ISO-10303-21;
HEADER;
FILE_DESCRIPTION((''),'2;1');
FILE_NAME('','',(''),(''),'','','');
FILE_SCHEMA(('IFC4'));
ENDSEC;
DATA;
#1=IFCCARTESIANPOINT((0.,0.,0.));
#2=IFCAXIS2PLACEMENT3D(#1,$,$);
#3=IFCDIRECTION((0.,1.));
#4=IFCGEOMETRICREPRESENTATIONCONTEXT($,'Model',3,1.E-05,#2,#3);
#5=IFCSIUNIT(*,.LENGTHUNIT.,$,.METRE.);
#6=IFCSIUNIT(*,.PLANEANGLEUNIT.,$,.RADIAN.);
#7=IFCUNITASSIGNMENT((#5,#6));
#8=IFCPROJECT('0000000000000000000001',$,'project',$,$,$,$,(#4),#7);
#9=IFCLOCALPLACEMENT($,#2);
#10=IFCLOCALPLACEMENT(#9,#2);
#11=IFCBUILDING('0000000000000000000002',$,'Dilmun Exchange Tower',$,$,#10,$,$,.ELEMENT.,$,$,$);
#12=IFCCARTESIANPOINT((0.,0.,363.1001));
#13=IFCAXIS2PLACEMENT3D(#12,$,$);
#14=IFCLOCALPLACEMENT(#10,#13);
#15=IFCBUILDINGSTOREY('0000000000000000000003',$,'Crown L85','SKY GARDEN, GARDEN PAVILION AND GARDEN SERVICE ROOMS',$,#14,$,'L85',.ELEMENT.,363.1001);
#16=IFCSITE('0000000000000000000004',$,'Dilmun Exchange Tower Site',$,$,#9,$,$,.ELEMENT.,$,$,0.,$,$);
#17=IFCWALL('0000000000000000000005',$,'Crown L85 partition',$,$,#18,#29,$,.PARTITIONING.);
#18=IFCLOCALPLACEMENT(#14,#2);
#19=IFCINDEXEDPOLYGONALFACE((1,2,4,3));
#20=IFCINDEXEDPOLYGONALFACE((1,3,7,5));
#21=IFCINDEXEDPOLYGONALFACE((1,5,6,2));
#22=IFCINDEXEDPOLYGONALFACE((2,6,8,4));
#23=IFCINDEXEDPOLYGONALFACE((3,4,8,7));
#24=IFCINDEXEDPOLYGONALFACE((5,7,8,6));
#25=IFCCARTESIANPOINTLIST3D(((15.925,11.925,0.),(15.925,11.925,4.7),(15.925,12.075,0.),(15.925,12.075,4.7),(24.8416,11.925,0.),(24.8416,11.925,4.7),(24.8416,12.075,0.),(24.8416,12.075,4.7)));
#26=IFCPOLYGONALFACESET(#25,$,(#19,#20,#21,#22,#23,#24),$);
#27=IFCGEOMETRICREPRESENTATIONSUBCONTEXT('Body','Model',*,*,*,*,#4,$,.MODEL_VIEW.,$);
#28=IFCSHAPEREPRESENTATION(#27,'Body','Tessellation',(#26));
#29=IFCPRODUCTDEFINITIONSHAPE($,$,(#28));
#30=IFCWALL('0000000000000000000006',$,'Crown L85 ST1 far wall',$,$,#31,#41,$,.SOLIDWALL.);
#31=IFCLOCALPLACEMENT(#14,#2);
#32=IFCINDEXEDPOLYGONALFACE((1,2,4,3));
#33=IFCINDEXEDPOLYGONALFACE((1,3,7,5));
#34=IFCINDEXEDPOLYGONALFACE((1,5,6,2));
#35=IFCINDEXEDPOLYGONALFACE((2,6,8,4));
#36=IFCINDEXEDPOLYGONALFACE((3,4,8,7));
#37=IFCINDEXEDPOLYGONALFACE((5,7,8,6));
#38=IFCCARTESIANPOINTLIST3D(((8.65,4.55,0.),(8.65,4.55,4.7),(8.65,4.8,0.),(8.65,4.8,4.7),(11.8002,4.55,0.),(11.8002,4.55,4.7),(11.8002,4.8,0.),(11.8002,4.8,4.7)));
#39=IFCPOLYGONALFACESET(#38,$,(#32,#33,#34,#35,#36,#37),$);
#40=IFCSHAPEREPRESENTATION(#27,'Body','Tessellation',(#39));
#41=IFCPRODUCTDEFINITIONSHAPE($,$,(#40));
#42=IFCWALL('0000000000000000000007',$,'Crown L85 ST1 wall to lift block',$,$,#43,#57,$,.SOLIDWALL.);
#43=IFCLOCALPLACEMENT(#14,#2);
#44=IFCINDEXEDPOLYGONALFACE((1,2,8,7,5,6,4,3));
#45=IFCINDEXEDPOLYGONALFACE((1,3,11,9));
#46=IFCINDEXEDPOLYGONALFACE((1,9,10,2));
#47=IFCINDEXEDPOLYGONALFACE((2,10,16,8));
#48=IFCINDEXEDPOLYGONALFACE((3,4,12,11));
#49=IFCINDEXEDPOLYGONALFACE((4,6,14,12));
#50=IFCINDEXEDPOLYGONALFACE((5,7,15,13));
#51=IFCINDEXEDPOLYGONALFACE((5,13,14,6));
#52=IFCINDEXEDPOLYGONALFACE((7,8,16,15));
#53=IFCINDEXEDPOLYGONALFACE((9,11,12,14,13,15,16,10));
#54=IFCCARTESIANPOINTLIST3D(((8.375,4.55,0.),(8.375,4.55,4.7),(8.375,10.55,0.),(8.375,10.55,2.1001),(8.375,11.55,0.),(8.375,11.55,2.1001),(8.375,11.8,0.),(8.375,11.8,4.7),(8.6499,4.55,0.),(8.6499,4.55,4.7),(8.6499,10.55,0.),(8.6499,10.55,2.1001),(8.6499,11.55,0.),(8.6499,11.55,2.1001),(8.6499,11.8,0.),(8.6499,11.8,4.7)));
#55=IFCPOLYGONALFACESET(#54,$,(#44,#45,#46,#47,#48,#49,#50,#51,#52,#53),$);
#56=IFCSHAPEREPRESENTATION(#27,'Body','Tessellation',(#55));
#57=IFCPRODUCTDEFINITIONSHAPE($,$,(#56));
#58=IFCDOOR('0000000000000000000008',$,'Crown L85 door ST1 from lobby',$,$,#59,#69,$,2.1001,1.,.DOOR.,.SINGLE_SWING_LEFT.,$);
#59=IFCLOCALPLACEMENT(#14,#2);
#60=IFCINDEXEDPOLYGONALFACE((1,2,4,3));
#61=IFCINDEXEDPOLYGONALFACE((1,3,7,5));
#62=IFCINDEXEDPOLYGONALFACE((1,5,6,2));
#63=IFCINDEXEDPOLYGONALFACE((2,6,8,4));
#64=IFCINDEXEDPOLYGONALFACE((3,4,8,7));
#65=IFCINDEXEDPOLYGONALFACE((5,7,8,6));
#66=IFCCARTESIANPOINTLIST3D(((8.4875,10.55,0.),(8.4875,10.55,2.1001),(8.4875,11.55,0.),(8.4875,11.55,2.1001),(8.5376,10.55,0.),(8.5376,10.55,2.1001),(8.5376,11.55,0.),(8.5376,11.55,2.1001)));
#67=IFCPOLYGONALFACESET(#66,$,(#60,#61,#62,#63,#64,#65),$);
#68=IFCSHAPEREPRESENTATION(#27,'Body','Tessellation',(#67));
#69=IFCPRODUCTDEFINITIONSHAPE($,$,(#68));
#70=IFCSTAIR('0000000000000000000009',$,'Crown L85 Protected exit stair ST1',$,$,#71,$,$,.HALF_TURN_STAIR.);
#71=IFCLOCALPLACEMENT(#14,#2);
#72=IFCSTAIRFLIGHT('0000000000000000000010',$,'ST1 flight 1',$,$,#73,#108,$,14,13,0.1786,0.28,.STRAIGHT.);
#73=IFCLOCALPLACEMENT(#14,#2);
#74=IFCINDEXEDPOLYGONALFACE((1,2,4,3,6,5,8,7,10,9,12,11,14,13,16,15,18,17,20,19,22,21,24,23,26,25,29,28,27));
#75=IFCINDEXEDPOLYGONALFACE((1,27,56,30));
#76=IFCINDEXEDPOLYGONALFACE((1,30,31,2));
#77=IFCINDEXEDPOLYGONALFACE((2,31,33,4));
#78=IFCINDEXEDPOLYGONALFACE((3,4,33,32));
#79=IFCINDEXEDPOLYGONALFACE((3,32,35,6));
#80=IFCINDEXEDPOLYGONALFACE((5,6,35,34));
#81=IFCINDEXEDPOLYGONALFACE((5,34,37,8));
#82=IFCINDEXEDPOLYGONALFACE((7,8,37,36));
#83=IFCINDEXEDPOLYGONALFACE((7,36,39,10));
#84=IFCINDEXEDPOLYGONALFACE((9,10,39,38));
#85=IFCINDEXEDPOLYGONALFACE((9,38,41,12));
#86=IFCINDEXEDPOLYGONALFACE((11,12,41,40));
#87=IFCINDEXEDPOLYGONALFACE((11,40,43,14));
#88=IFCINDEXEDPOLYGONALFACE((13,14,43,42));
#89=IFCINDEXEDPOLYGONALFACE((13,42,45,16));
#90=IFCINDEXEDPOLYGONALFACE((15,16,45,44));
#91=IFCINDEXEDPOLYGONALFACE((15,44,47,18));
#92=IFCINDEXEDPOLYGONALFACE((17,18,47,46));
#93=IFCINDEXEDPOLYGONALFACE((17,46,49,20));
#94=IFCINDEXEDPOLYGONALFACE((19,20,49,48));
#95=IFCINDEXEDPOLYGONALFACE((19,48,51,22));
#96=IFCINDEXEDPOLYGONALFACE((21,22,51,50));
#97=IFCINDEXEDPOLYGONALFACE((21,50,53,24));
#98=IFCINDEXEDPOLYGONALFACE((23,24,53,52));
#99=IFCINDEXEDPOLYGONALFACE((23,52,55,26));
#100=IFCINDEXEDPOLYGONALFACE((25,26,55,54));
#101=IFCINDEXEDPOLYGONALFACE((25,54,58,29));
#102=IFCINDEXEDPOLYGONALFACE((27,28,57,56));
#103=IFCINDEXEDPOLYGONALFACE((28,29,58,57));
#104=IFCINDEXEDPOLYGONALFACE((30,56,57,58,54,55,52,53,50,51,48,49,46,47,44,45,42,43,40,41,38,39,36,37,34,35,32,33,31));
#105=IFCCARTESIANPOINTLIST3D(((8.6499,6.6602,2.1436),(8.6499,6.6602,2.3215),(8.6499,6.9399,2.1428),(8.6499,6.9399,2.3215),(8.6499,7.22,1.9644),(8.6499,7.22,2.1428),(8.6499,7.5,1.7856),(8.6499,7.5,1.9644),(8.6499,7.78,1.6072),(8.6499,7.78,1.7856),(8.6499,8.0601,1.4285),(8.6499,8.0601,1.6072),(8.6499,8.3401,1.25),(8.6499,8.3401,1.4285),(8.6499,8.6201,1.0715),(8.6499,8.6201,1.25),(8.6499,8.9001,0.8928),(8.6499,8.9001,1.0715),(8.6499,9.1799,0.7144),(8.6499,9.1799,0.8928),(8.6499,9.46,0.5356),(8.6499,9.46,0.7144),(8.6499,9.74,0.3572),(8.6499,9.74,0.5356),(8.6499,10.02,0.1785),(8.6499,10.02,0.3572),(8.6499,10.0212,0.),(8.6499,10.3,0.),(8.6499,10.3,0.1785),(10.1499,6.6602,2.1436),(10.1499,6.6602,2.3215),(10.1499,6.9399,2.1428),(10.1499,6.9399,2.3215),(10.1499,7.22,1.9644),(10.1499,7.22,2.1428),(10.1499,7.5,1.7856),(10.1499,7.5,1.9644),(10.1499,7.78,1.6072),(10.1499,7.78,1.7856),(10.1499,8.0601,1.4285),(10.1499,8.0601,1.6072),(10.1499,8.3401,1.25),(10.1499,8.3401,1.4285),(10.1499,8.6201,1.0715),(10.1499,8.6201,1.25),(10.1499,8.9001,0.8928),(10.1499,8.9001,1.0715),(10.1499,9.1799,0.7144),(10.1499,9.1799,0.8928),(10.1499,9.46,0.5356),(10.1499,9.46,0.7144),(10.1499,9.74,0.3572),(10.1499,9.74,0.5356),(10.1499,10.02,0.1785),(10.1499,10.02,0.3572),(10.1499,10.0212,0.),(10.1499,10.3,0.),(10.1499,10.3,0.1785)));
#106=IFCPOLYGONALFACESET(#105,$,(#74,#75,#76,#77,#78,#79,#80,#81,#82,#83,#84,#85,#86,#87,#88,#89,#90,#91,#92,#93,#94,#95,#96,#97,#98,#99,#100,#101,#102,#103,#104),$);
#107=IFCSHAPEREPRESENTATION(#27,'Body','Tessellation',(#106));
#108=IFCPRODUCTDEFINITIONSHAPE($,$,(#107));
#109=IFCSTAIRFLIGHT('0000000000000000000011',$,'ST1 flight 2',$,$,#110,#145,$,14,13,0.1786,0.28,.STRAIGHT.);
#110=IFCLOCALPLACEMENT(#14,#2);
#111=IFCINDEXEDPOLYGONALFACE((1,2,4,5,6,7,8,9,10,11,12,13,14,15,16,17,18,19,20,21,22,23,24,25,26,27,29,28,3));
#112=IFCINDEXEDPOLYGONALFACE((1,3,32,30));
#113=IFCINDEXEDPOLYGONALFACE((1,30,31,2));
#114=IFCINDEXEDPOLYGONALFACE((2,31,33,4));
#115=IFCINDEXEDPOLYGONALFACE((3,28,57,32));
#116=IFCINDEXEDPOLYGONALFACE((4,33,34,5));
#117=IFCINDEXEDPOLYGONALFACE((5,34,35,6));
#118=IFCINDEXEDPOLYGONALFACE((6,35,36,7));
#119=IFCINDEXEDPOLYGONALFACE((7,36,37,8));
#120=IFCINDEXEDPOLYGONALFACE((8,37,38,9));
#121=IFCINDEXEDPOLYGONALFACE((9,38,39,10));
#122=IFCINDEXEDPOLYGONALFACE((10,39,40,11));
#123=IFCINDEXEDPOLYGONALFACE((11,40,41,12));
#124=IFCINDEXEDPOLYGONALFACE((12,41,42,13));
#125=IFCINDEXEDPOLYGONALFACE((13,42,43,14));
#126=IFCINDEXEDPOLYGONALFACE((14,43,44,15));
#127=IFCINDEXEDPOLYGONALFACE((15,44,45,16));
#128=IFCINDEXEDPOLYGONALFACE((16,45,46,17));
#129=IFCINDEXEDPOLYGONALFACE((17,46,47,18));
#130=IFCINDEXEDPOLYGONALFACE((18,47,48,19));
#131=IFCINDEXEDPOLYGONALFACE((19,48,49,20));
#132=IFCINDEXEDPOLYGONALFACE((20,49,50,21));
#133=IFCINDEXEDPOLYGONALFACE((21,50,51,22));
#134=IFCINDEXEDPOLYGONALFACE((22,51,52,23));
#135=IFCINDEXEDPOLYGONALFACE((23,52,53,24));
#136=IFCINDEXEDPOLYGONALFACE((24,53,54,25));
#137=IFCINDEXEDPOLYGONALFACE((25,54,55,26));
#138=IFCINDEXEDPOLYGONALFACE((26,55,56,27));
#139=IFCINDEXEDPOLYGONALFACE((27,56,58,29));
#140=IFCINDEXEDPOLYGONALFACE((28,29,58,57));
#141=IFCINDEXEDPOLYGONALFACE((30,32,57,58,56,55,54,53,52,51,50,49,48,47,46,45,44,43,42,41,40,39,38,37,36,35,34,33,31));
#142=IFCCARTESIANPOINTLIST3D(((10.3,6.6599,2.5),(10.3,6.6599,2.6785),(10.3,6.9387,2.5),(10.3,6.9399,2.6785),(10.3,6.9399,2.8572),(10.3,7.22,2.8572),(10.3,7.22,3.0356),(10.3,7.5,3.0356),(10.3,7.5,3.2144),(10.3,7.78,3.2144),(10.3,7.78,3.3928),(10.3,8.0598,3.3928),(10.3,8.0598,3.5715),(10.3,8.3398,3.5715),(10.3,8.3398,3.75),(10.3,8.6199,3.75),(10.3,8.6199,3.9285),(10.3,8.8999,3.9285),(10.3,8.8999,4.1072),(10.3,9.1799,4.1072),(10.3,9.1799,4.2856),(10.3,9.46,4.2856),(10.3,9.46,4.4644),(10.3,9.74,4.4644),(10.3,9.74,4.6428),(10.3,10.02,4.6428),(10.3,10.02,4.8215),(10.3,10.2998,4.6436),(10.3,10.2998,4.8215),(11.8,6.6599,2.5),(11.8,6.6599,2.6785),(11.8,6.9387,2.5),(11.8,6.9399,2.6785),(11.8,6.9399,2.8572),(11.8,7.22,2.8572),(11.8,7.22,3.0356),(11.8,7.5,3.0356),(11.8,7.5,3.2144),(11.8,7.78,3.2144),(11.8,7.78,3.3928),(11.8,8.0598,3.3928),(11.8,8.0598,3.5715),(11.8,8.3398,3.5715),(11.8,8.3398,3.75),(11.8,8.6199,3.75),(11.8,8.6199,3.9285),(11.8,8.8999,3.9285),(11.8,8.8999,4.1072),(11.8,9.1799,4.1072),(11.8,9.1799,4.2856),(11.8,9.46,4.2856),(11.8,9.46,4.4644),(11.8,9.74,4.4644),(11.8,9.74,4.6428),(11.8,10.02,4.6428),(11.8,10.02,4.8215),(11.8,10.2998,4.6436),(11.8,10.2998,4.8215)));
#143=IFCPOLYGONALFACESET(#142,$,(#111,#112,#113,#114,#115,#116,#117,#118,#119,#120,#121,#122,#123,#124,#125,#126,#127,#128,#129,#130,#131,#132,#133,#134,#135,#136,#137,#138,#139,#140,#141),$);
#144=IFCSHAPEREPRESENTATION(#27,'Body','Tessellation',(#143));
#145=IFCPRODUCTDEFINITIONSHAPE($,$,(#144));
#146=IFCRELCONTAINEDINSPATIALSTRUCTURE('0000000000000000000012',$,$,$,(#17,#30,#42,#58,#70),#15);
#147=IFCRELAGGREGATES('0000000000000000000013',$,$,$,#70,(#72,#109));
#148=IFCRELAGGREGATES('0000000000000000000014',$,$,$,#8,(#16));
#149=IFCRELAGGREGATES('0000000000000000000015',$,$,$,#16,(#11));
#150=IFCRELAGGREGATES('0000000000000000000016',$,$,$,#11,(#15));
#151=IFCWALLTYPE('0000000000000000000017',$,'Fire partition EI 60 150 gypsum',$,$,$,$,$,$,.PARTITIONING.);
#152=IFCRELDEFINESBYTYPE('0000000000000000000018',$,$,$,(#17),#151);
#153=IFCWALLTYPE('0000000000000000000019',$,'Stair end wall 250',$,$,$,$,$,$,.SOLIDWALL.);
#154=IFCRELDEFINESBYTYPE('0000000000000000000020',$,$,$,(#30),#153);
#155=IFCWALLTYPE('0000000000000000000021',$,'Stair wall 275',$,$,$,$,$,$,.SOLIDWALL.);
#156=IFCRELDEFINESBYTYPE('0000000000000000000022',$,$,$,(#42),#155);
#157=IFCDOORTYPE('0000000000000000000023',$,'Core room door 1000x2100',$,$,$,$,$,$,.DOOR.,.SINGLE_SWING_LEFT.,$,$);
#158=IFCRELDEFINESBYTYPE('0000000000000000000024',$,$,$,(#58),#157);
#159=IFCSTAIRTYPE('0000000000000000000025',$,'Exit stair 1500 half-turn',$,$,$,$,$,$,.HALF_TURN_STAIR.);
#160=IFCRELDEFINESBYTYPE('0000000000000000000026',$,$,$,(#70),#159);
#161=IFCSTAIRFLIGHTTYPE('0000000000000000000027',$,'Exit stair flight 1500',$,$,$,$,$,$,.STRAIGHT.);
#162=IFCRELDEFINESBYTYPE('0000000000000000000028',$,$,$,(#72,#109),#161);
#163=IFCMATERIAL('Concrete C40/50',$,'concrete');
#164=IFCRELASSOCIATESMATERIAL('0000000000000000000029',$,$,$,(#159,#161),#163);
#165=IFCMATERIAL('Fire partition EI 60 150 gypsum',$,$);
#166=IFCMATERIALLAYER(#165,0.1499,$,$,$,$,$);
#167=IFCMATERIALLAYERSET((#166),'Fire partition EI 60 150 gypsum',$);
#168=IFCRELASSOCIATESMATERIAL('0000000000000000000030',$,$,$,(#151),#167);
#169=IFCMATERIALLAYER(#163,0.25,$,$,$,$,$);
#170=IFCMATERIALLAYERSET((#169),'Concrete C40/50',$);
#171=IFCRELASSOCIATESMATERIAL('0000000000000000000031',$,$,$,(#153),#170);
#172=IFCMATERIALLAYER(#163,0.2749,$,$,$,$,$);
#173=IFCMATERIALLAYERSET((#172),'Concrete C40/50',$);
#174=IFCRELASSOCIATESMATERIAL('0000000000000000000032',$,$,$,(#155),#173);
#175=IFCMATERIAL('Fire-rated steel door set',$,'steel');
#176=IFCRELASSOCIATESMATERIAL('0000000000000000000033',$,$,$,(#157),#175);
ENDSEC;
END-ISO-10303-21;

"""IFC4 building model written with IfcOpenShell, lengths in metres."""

from ifc_helpers import new_model, si_unit, direction, frame, frame_2d, origin, place, context, subcontext, project, spatial, polyline, rectangle, outline, extrude, material, layer, layer_set, type_object, element, fill, aggregate, save


model = new_model("IFC4")

# Units and contexts
model_context = context("Model", 3, precision=1e-05, world=origin(), true_north=direction((0.0, 1.0)))
body_context = subcontext(model_context, "Body", "Model", "MODEL_VIEW")
ifc_project = project(units=[si_unit("LENGTHUNIT", "METRE"), si_unit("PLANEANGLEUNIT", "RADIAN")], contexts=[model_context])

# Site, building, storey
site_placement = place(None, origin())
site = spatial("IfcSite", under=ifc_project, at=site_placement, Name="Dilmun Exchange Tower Site", CompositionType="ELEMENT", RefElevation=0.0)
building_placement = place(site_placement, origin())
building = spatial("IfcBuilding", under=site, at=building_placement, Name="Dilmun Exchange Tower", CompositionType="ELEMENT")
storey_placement = place(building_placement, frame((0.0, 0.0, 363.1001)))
storey = spatial("IfcBuildingStorey", under=building, at=storey_placement, Name="Crown L85", Description="SKY GARDEN, GARDEN PAVILION AND GARDEN SERVICE ROOMS", LongName="L85", CompositionType="ELEMENT", Elevation=363.1001)

# Shared definitions
ifc_material_1 = material(Name="Concrete C40/50", Category="concrete")
stair_type = type_object("IfcStairType", Name="Exit stair 1500 half-turn", PredefinedType="HALF_TURN_STAIR", material=ifc_material_1)

# Shared definitions
ifc_material_2 = material(Name="Fire-rated steel door set", Category="steel")

# Walls
ifc_material_3 = material(Name="Fire partition EI 60 150 gypsum")
ifc_layer_1 = layer(ifc_material_3, 0.1499)
ifc_layer_set_1 = layer_set([ifc_layer_1], Name="Fire partition EI 60 150 gypsum")
wall_type_1 = type_object("IfcWallType", Name="Fire partition EI 60 150 gypsum", PredefinedType="PARTITIONING", material=ifc_layer_set_1)
wall_1_placement = place(storey_placement, frame((15.925, 12.0, 0.0), z_axis=(0.0, 0.0, 1.0), x_axis=(1.0, 0.0, 0.0)))
element("IfcWall", 1, at=wall_1_placement, inside=storey, type_object=wall_type_1, Name="Crown L85 partition", PredefinedType="PARTITIONING", context=body_context, shape_type="SweptSolid", body=[
    extrude(rectangle(XDim=8.9165, YDim=0.1499, at=frame_2d((4.4583, 0.0))), origin(), (0.0, 0.0, 1.0), 4.7),
])
ifc_layer_2 = layer(ifc_material_1, 0.25)
ifc_layer_set_2 = layer_set([ifc_layer_2], Name="Concrete C40/50")
wall_type_2 = type_object("IfcWallType", Name="Stair end wall 250", PredefinedType="SOLIDWALL", material=ifc_layer_set_2)
wall_2_placement = place(storey_placement, frame((8.6499, 4.675, 0.0), z_axis=(0.0, 0.0, 1.0), x_axis=(1.0, 0.0, 0.0)))
element("IfcWall", 2, at=wall_2_placement, inside=storey, type_object=wall_type_2, Name="Crown L85 ST1 far wall", PredefinedType="SOLIDWALL", context=body_context, shape_type="SweptSolid", body=[
    extrude(rectangle(XDim=3.1501, YDim=0.25, at=frame_2d((1.5752, 0.0))), origin(), (0.0, 0.0, 1.0), 4.7),
])

# Wall, opening, door
ifc_layer_3 = layer(ifc_material_1, 0.2749)
ifc_layer_set_3 = layer_set([ifc_layer_3], Name="Concrete C40/50")
wall_type_3 = type_object("IfcWallType", Name="Stair wall 275", PredefinedType="SOLIDWALL", material=ifc_layer_set_3)
wall_3_placement = place(storey_placement, frame((8.5125, 4.55, 0.0), z_axis=(0.0, 0.0, 1.0), x_axis=(0.0, 1.0, 0.0)))
wall_3 = element("IfcWall", 3, at=wall_3_placement, inside=storey, type_object=wall_type_3, Name="Crown L85 ST1 wall to lift block", PredefinedType="SOLIDWALL", context=body_context, shape_type="SweptSolid", body=[
    extrude(rectangle(XDim=7.25, YDim=0.2749, at=frame_2d((3.625, 0.0))), origin(), (0.0, 0.0, 1.0), 4.7),
])
opening_1_placement = place(wall_3_placement, frame((6.0, 0.0, 0.0)))
opening_1 = element("IfcOpeningElement", 4, at=opening_1_placement, cuts=wall_3, PredefinedType="OPENING", context=body_context, shape_type="SweptSolid", body=[
    extrude(rectangle(XDim=1.0, YDim=2.1001, at=frame_2d((0.5, 1.05))), frame((0.0, 0.1475, 0.0), z_axis=(0.0, -1.0, 0.0), x_axis=(1.0, 0.0, 0.0)), (0.0, 0.0, 1.0), 0.2949),
])
door_type_1 = type_object("IfcDoorType", Name="Core room door 1000x2100", OperationType="SINGLE_SWING_LEFT", PredefinedType="DOOR", material=ifc_material_2)
door_1_placement = place(opening_1_placement, origin())
door_1 = element("IfcDoor", 5, at=door_1_placement, inside=storey, type_object=door_type_1, Name="Crown L85 door ST1 from lobby", OperationType="SINGLE_SWING_LEFT", OverallHeight=2.1001, OverallWidth=1.0, PredefinedType="DOOR", context=body_context, shape_type="SweptSolid", body=[
    extrude(rectangle(XDim=1.0, YDim=2.1001, at=frame_2d((0.5, 1.05))), frame((0.0, 0.0249, 0.0), z_axis=(0.0, -1.0, 0.0), x_axis=(1.0, 0.0, 0.0)), (0.0, 0.0, 1.0), 0.05),
])
fill(opening_1, door_1)

# Stair, stair flights
stair_1_placement = place(storey_placement, origin())
stair_1 = element("IfcStair", 6, at=stair_1_placement, inside=storey, type_object=stair_type, Name="Crown L85 Protected exit stair ST1", PredefinedType="HALF_TURN_STAIR")
stair_flight_type = type_object("IfcStairFlightType", Name="Exit stair flight 1500", PredefinedType="STRAIGHT", material=ifc_material_1)
stair_flight_1_placement = place(storey_placement, frame((9.3999, 10.3, 0.0), z_axis=(0.0, 0.0, 1.0), x_axis=(0.0, -1.0, 0.0)))
stair_flight_1 = element("IfcStairFlight", 7, at=stair_flight_1_placement, type_object=stair_flight_type, Name="ST1 flight 1", NumberOfRisers=14, NumberOfTreads=13, PredefinedType="STRAIGHT", RiserHeight=0.1786, TreadLength=0.28, context=body_context, shape_type="SweptSolid", body=[
    extrude(outline(polyline([(0.0, 0.0), (0.0, 0.1785), (0.28, 0.1785), (0.28, 0.3572), (0.5601, 0.3572), (0.5601, 0.5356), (0.8401, 0.5356), (0.8401, 0.7144), (1.1201, 0.7144), (1.1201, 0.8928), (1.3999, 0.8928), (1.3999, 1.0715), (1.6799, 1.0715), (1.6799, 1.25), (1.96, 1.25), (1.96, 1.4285), (2.24, 1.4285), (2.24, 1.6072), (2.52, 1.6072), (2.52, 1.7856), (2.8, 1.7856), (2.8, 1.9644), (3.0801, 1.9644), (3.0801, 2.1428), (3.3601, 2.1428), (3.3601, 2.3215), (3.6399, 2.3215), (3.6399, 2.5), (3.6399, 2.1436), (0.2788, 0.0), (0.0, 0.0)])), frame((0.0, 0.75, 0.0), z_axis=(0.0, -1.0, 0.0), x_axis=(1.0, 0.0, 0.0)), (0.0, 0.0, 1.0), 1.5),
])
stair_flight_2_placement = place(storey_placement, frame((11.05, 6.6599, 2.5), z_axis=(0.0, 0.0, 1.0), x_axis=(0.0, 1.0, 0.0)))
stair_flight_2 = element("IfcStairFlight", 8, at=stair_flight_2_placement, type_object=stair_flight_type, Name="ST1 flight 2", NumberOfRisers=14, NumberOfTreads=13, PredefinedType="STRAIGHT", RiserHeight=0.1786, TreadLength=0.28, context=body_context, shape_type="SweptSolid", body=[
    extrude(outline(polyline([(0.0, 0.0), (0.0, 0.1785), (0.28, 0.1785), (0.28, 0.3572), (0.5601, 0.3572), (0.5601, 0.5356), (0.8401, 0.5356), (0.8401, 0.7144), (1.1201, 0.7144), (1.1201, 0.8928), (1.3999, 0.8928), (1.3999, 1.0715), (1.6799, 1.0715), (1.6799, 1.25), (1.96, 1.25), (1.96, 1.4285), (2.24, 1.4285), (2.24, 1.6072), (2.52, 1.6072), (2.52, 1.7856), (2.8, 1.7856), (2.8, 1.9644), (3.0801, 1.9644), (3.0801, 2.1428), (3.3601, 2.1428), (3.3601, 2.3215), (3.6399, 2.3215), (3.6399, 2.5), (3.6399, 2.1436), (0.2788, 0.0), (0.0, 0.0)])), frame((0.0, 0.75, 0.0), z_axis=(0.0, -1.0, 0.0), x_axis=(1.0, 0.0, 0.0)), (0.0, 0.0, 1.0), 1.5),
])
aggregate(stair_1, [stair_flight_1, stair_flight_2])

save(model, "model.ifc")
